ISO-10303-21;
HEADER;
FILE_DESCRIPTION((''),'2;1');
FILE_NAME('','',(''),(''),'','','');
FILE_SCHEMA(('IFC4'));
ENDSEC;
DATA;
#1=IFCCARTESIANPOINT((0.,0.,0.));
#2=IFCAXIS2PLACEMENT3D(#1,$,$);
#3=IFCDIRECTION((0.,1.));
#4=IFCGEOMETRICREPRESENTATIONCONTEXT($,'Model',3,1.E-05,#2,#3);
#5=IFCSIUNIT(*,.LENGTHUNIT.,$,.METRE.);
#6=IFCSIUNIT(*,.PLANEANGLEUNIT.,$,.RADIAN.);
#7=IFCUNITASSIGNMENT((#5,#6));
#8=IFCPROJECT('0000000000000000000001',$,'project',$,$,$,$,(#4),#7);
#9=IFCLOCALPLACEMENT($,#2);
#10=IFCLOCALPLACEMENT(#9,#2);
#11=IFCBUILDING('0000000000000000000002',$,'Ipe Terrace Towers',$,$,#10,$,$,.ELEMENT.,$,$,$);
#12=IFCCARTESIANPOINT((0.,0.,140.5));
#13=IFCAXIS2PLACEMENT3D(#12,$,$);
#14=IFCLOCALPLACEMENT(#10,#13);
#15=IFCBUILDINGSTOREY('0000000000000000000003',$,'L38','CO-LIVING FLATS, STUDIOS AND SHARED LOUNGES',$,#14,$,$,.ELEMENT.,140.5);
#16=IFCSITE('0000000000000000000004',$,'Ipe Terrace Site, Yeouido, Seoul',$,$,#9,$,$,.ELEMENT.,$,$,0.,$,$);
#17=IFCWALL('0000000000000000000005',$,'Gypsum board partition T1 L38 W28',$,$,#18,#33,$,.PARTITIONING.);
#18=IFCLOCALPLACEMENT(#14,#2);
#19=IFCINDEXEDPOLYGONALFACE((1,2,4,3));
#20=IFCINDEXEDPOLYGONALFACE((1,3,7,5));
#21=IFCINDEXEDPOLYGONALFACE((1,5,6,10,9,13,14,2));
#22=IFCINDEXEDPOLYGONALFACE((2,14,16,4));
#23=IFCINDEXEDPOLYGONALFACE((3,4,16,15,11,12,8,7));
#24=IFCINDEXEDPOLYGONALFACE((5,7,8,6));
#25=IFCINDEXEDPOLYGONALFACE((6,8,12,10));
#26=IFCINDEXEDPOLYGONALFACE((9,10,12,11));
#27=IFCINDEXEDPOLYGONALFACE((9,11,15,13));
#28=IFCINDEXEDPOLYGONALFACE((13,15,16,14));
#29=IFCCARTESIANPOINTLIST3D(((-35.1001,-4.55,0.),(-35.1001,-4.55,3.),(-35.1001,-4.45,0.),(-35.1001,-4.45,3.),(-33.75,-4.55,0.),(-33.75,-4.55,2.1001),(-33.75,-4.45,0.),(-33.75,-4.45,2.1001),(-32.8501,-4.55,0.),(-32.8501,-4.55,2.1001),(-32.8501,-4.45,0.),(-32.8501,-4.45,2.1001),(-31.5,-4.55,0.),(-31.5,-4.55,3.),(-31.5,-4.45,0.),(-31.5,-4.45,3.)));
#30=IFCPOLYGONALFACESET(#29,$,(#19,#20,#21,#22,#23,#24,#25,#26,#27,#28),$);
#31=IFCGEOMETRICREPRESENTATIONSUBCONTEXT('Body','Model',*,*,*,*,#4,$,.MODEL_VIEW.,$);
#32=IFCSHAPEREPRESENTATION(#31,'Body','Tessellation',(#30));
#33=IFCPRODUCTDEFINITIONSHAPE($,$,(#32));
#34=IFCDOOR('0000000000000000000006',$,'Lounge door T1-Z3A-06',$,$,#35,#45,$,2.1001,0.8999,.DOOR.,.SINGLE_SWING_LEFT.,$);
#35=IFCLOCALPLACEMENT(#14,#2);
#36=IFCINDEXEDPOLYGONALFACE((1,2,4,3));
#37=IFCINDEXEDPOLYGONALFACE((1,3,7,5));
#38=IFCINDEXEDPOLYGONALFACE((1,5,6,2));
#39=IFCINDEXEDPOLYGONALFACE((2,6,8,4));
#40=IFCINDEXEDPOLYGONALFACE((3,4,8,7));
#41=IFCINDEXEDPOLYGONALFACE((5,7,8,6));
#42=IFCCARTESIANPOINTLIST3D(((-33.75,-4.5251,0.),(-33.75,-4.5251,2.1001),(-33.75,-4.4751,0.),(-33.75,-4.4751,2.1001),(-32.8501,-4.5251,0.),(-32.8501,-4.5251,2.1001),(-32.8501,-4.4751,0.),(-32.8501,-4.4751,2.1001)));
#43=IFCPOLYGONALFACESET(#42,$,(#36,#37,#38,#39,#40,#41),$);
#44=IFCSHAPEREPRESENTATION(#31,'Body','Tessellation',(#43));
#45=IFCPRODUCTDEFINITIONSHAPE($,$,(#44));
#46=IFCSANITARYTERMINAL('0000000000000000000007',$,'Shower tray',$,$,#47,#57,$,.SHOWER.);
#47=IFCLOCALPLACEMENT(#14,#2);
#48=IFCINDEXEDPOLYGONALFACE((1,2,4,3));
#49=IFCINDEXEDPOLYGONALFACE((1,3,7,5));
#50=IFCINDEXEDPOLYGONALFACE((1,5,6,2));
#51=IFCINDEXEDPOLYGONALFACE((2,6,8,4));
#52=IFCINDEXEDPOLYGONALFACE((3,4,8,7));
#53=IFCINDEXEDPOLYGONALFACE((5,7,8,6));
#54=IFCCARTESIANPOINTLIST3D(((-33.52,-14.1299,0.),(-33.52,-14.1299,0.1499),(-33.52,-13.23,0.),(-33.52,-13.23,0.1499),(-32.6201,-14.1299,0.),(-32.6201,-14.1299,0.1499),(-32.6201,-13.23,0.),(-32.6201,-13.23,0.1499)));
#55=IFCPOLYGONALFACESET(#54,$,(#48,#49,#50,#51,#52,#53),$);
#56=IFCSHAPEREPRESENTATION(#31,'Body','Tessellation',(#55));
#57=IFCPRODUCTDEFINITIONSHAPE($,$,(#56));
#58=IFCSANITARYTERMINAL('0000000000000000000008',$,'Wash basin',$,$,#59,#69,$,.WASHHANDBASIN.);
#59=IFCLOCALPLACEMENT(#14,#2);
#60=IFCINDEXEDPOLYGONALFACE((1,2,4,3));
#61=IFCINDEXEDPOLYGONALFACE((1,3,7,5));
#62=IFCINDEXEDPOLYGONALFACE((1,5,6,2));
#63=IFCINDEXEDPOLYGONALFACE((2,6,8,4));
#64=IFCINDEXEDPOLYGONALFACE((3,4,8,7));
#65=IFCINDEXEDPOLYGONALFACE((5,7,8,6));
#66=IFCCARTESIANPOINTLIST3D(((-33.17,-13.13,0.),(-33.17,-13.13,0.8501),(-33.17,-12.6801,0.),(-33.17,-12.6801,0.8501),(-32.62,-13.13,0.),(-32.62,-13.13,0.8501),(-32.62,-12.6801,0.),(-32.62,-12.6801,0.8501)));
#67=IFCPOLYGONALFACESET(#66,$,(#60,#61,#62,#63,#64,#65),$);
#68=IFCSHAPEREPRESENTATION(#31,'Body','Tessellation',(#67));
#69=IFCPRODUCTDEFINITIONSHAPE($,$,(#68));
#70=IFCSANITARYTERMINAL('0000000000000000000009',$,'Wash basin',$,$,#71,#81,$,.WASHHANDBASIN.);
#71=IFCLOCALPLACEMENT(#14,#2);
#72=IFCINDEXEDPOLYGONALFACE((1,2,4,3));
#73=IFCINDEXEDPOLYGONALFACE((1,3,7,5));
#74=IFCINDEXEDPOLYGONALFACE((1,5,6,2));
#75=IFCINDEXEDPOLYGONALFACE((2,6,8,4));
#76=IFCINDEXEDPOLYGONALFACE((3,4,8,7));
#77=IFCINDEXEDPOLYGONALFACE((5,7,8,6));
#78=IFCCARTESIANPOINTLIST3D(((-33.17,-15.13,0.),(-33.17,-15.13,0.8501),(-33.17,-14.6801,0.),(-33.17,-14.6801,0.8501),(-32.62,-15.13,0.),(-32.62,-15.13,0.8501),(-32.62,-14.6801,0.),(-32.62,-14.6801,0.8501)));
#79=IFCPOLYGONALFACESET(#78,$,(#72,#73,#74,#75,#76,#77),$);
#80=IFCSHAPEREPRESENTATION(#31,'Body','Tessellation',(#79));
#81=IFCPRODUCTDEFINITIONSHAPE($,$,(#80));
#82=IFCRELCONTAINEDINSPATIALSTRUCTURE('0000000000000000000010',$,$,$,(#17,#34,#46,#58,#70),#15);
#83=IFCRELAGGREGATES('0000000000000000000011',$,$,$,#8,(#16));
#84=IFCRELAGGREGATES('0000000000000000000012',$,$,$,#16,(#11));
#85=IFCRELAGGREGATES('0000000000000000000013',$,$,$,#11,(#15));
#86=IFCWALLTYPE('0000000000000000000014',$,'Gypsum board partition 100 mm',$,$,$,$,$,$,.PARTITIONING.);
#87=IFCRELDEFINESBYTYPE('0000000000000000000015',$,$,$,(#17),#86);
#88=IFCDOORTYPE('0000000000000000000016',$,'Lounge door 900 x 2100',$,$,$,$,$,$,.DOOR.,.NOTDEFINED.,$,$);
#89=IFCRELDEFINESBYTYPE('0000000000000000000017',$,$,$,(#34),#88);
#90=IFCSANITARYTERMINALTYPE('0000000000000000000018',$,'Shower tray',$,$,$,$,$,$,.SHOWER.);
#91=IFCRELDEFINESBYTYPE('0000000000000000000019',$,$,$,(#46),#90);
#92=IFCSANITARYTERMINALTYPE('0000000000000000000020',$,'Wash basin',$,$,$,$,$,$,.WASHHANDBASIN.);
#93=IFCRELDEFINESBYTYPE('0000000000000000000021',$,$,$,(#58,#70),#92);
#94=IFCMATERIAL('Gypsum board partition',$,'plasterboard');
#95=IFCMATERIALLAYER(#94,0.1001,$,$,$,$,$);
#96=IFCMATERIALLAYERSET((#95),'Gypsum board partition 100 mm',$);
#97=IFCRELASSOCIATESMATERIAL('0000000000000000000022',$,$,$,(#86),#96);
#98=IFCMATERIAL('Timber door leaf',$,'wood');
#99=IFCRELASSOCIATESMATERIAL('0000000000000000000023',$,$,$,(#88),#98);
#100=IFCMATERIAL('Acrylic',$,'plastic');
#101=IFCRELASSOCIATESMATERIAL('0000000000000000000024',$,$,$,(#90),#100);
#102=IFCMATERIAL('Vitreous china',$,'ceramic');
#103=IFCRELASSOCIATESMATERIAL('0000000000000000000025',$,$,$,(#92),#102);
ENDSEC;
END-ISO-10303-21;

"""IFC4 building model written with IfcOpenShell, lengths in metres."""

from ifc_helpers import new_model, si_unit, direction, frame, frame_2d, origin, origin_2d, place, context, subcontext, project, spatial, rectangle, extrude, material, layer, layer_set, type_object, element, fill, save


model = new_model("IFC4")

# Units and contexts
model_context = context("Model", 3, precision=1e-05, world=origin(), true_north=direction((0.0, 1.0)))
body_context = subcontext(model_context, "Body", "Model", "MODEL_VIEW")
ifc_project = project(units=[si_unit("LENGTHUNIT", "METRE"), si_unit("PLANEANGLEUNIT", "RADIAN")], contexts=[model_context])

# Site, building, storey
site_placement = place(None, origin())
site = spatial("IfcSite", under=ifc_project, at=site_placement, Name="Ipe Terrace Site, Yeouido, Seoul", CompositionType="ELEMENT", RefElevation=0.0)
building_placement = place(site_placement, origin())
building = spatial("IfcBuilding", under=site, at=building_placement, Name="Ipe Terrace Towers", CompositionType="ELEMENT")
storey_placement = place(building_placement, frame((0.0, 0.0, 140.5)))
storey = spatial("IfcBuildingStorey", under=building, at=storey_placement, Name="L38", Description="CO-LIVING FLATS, STUDIOS AND SHARED LOUNGES", CompositionType="ELEMENT", Elevation=140.5)

# Shared definitions
ifc_material_1 = material(Name="Gypsum board partition", Category="plasterboard")
ifc_layer = layer(ifc_material_1, 0.1001)
ifc_layer_set = layer_set([ifc_layer], Name="Gypsum board partition 100 mm")
wall_type = type_object("IfcWallType", Name="Gypsum board partition 100 mm", PredefinedType="PARTITIONING", material=ifc_layer_set)

# Shared definitions
ifc_material_2 = material(Name="Timber door leaf", Category="wood")
door_type = type_object("IfcDoorType", Name="Lounge door 900 x 2100", OperationType="NOTDEFINED", PredefinedType="DOOR", material=ifc_material_2)

# Wall, opening, door
wall_1_placement = place(storey_placement, frame((-35.1001, -4.5, 0.0), z_axis=(0.0, 0.0, 1.0), x_axis=(1.0, 0.0, 0.0)))
wall_1 = element("IfcWall", 1, at=wall_1_placement, inside=storey, type_object=wall_type, Name="Gypsum board partition T1 L38 W28", PredefinedType="PARTITIONING", context=body_context, shape_type="SweptSolid", body=[
    extrude(rectangle(XDim=3.6001, YDim=0.1001, at=frame_2d((1.8, 0.0))), origin(), (0.0, 0.0, 1.0), 3.0),
])
opening_1_placement = place(wall_1_placement, frame((1.3501, 0.0, 0.0)))
opening_1 = element("IfcOpeningElement", 2, at=opening_1_placement, cuts=wall_1, PredefinedType="OPENING", context=body_context, shape_type="SweptSolid", body=[
    extrude(rectangle(XDim=0.8999, YDim=2.1001, at=frame_2d((0.45, 1.05))), frame((0.0, 0.0601, 0.0), z_axis=(0.0, -1.0, 0.0), x_axis=(1.0, 0.0, 0.0)), (0.0, 0.0, 1.0), 0.1201),
])
door_1_placement = place(opening_1_placement, origin())
door_1 = element("IfcDoor", 3, at=door_1_placement, inside=storey, type_object=door_type, Name="Lounge door T1-Z3A-06", OperationType="SINGLE_SWING_LEFT", OverallHeight=2.1001, OverallWidth=0.8999, PredefinedType="DOOR", context=body_context, shape_type="SweptSolid", body=[
    extrude(rectangle(XDim=0.8999, YDim=2.1001, at=frame_2d((0.45, 1.05))), frame((0.0, 0.0249, 0.0), z_axis=(0.0, -1.0, 0.0), x_axis=(1.0, 0.0, 0.0)), (0.0, 0.0, 1.0), 0.05),
])
fill(opening_1, door_1)

# Sanitary terminals
ifc_material_3 = material(Name="Acrylic", Category="plastic")
sanitary_terminal_type_1 = type_object("IfcSanitaryTerminalType", Name="Shower tray", PredefinedType="SHOWER", material=ifc_material_3)
sanitary_terminal_placement = place(storey_placement, frame((-33.0701, -13.6799, 0.0), z_axis=(0.0, 0.0, 1.0), x_axis=(-1.0, 0.0, 0.0)))
element("IfcSanitaryTerminal", 4, at=sanitary_terminal_placement, inside=storey, type_object=sanitary_terminal_type_1, Name="Shower tray", PredefinedType="SHOWER", context=body_context, shape_type="SweptSolid", body=[
    extrude(rectangle(XDim=0.8999, YDim=0.8999, at=origin_2d()), origin(), (0.0, 0.0, 1.0), 0.1499),
])
ifc_material_4 = material(Name="Vitreous china", Category="ceramic")
sanitary_terminal_type_2 = type_object("IfcSanitaryTerminalType", Name="Wash basin", PredefinedType="WASHHANDBASIN", material=ifc_material_4)
for number, where, z_axis, x_axis, name in (
    (5, (-32.895, -12.905, 0.0), (0.0, 0.0, 1.0), (-1.0, 0.0, 0.0), "Wash basin"),
    (6, (-32.895, -14.905, 0.0), (0.0, 0.0, 1.0), (-1.0, 0.0, 0.0), "Wash basin"),
):
    element("IfcSanitaryTerminal", number, at=place(storey_placement, frame(where, z_axis=z_axis, x_axis=x_axis)), inside=storey, type_object=sanitary_terminal_type_2, Name=name, PredefinedType="WASHHANDBASIN", context=body_context, shape_type="SweptSolid", body=[
        extrude(rectangle(XDim=0.55, YDim=0.45, at=origin_2d()), origin(), (0.0, 0.0, 1.0), 0.8501),
    ])

save(model, "model.ifc")
